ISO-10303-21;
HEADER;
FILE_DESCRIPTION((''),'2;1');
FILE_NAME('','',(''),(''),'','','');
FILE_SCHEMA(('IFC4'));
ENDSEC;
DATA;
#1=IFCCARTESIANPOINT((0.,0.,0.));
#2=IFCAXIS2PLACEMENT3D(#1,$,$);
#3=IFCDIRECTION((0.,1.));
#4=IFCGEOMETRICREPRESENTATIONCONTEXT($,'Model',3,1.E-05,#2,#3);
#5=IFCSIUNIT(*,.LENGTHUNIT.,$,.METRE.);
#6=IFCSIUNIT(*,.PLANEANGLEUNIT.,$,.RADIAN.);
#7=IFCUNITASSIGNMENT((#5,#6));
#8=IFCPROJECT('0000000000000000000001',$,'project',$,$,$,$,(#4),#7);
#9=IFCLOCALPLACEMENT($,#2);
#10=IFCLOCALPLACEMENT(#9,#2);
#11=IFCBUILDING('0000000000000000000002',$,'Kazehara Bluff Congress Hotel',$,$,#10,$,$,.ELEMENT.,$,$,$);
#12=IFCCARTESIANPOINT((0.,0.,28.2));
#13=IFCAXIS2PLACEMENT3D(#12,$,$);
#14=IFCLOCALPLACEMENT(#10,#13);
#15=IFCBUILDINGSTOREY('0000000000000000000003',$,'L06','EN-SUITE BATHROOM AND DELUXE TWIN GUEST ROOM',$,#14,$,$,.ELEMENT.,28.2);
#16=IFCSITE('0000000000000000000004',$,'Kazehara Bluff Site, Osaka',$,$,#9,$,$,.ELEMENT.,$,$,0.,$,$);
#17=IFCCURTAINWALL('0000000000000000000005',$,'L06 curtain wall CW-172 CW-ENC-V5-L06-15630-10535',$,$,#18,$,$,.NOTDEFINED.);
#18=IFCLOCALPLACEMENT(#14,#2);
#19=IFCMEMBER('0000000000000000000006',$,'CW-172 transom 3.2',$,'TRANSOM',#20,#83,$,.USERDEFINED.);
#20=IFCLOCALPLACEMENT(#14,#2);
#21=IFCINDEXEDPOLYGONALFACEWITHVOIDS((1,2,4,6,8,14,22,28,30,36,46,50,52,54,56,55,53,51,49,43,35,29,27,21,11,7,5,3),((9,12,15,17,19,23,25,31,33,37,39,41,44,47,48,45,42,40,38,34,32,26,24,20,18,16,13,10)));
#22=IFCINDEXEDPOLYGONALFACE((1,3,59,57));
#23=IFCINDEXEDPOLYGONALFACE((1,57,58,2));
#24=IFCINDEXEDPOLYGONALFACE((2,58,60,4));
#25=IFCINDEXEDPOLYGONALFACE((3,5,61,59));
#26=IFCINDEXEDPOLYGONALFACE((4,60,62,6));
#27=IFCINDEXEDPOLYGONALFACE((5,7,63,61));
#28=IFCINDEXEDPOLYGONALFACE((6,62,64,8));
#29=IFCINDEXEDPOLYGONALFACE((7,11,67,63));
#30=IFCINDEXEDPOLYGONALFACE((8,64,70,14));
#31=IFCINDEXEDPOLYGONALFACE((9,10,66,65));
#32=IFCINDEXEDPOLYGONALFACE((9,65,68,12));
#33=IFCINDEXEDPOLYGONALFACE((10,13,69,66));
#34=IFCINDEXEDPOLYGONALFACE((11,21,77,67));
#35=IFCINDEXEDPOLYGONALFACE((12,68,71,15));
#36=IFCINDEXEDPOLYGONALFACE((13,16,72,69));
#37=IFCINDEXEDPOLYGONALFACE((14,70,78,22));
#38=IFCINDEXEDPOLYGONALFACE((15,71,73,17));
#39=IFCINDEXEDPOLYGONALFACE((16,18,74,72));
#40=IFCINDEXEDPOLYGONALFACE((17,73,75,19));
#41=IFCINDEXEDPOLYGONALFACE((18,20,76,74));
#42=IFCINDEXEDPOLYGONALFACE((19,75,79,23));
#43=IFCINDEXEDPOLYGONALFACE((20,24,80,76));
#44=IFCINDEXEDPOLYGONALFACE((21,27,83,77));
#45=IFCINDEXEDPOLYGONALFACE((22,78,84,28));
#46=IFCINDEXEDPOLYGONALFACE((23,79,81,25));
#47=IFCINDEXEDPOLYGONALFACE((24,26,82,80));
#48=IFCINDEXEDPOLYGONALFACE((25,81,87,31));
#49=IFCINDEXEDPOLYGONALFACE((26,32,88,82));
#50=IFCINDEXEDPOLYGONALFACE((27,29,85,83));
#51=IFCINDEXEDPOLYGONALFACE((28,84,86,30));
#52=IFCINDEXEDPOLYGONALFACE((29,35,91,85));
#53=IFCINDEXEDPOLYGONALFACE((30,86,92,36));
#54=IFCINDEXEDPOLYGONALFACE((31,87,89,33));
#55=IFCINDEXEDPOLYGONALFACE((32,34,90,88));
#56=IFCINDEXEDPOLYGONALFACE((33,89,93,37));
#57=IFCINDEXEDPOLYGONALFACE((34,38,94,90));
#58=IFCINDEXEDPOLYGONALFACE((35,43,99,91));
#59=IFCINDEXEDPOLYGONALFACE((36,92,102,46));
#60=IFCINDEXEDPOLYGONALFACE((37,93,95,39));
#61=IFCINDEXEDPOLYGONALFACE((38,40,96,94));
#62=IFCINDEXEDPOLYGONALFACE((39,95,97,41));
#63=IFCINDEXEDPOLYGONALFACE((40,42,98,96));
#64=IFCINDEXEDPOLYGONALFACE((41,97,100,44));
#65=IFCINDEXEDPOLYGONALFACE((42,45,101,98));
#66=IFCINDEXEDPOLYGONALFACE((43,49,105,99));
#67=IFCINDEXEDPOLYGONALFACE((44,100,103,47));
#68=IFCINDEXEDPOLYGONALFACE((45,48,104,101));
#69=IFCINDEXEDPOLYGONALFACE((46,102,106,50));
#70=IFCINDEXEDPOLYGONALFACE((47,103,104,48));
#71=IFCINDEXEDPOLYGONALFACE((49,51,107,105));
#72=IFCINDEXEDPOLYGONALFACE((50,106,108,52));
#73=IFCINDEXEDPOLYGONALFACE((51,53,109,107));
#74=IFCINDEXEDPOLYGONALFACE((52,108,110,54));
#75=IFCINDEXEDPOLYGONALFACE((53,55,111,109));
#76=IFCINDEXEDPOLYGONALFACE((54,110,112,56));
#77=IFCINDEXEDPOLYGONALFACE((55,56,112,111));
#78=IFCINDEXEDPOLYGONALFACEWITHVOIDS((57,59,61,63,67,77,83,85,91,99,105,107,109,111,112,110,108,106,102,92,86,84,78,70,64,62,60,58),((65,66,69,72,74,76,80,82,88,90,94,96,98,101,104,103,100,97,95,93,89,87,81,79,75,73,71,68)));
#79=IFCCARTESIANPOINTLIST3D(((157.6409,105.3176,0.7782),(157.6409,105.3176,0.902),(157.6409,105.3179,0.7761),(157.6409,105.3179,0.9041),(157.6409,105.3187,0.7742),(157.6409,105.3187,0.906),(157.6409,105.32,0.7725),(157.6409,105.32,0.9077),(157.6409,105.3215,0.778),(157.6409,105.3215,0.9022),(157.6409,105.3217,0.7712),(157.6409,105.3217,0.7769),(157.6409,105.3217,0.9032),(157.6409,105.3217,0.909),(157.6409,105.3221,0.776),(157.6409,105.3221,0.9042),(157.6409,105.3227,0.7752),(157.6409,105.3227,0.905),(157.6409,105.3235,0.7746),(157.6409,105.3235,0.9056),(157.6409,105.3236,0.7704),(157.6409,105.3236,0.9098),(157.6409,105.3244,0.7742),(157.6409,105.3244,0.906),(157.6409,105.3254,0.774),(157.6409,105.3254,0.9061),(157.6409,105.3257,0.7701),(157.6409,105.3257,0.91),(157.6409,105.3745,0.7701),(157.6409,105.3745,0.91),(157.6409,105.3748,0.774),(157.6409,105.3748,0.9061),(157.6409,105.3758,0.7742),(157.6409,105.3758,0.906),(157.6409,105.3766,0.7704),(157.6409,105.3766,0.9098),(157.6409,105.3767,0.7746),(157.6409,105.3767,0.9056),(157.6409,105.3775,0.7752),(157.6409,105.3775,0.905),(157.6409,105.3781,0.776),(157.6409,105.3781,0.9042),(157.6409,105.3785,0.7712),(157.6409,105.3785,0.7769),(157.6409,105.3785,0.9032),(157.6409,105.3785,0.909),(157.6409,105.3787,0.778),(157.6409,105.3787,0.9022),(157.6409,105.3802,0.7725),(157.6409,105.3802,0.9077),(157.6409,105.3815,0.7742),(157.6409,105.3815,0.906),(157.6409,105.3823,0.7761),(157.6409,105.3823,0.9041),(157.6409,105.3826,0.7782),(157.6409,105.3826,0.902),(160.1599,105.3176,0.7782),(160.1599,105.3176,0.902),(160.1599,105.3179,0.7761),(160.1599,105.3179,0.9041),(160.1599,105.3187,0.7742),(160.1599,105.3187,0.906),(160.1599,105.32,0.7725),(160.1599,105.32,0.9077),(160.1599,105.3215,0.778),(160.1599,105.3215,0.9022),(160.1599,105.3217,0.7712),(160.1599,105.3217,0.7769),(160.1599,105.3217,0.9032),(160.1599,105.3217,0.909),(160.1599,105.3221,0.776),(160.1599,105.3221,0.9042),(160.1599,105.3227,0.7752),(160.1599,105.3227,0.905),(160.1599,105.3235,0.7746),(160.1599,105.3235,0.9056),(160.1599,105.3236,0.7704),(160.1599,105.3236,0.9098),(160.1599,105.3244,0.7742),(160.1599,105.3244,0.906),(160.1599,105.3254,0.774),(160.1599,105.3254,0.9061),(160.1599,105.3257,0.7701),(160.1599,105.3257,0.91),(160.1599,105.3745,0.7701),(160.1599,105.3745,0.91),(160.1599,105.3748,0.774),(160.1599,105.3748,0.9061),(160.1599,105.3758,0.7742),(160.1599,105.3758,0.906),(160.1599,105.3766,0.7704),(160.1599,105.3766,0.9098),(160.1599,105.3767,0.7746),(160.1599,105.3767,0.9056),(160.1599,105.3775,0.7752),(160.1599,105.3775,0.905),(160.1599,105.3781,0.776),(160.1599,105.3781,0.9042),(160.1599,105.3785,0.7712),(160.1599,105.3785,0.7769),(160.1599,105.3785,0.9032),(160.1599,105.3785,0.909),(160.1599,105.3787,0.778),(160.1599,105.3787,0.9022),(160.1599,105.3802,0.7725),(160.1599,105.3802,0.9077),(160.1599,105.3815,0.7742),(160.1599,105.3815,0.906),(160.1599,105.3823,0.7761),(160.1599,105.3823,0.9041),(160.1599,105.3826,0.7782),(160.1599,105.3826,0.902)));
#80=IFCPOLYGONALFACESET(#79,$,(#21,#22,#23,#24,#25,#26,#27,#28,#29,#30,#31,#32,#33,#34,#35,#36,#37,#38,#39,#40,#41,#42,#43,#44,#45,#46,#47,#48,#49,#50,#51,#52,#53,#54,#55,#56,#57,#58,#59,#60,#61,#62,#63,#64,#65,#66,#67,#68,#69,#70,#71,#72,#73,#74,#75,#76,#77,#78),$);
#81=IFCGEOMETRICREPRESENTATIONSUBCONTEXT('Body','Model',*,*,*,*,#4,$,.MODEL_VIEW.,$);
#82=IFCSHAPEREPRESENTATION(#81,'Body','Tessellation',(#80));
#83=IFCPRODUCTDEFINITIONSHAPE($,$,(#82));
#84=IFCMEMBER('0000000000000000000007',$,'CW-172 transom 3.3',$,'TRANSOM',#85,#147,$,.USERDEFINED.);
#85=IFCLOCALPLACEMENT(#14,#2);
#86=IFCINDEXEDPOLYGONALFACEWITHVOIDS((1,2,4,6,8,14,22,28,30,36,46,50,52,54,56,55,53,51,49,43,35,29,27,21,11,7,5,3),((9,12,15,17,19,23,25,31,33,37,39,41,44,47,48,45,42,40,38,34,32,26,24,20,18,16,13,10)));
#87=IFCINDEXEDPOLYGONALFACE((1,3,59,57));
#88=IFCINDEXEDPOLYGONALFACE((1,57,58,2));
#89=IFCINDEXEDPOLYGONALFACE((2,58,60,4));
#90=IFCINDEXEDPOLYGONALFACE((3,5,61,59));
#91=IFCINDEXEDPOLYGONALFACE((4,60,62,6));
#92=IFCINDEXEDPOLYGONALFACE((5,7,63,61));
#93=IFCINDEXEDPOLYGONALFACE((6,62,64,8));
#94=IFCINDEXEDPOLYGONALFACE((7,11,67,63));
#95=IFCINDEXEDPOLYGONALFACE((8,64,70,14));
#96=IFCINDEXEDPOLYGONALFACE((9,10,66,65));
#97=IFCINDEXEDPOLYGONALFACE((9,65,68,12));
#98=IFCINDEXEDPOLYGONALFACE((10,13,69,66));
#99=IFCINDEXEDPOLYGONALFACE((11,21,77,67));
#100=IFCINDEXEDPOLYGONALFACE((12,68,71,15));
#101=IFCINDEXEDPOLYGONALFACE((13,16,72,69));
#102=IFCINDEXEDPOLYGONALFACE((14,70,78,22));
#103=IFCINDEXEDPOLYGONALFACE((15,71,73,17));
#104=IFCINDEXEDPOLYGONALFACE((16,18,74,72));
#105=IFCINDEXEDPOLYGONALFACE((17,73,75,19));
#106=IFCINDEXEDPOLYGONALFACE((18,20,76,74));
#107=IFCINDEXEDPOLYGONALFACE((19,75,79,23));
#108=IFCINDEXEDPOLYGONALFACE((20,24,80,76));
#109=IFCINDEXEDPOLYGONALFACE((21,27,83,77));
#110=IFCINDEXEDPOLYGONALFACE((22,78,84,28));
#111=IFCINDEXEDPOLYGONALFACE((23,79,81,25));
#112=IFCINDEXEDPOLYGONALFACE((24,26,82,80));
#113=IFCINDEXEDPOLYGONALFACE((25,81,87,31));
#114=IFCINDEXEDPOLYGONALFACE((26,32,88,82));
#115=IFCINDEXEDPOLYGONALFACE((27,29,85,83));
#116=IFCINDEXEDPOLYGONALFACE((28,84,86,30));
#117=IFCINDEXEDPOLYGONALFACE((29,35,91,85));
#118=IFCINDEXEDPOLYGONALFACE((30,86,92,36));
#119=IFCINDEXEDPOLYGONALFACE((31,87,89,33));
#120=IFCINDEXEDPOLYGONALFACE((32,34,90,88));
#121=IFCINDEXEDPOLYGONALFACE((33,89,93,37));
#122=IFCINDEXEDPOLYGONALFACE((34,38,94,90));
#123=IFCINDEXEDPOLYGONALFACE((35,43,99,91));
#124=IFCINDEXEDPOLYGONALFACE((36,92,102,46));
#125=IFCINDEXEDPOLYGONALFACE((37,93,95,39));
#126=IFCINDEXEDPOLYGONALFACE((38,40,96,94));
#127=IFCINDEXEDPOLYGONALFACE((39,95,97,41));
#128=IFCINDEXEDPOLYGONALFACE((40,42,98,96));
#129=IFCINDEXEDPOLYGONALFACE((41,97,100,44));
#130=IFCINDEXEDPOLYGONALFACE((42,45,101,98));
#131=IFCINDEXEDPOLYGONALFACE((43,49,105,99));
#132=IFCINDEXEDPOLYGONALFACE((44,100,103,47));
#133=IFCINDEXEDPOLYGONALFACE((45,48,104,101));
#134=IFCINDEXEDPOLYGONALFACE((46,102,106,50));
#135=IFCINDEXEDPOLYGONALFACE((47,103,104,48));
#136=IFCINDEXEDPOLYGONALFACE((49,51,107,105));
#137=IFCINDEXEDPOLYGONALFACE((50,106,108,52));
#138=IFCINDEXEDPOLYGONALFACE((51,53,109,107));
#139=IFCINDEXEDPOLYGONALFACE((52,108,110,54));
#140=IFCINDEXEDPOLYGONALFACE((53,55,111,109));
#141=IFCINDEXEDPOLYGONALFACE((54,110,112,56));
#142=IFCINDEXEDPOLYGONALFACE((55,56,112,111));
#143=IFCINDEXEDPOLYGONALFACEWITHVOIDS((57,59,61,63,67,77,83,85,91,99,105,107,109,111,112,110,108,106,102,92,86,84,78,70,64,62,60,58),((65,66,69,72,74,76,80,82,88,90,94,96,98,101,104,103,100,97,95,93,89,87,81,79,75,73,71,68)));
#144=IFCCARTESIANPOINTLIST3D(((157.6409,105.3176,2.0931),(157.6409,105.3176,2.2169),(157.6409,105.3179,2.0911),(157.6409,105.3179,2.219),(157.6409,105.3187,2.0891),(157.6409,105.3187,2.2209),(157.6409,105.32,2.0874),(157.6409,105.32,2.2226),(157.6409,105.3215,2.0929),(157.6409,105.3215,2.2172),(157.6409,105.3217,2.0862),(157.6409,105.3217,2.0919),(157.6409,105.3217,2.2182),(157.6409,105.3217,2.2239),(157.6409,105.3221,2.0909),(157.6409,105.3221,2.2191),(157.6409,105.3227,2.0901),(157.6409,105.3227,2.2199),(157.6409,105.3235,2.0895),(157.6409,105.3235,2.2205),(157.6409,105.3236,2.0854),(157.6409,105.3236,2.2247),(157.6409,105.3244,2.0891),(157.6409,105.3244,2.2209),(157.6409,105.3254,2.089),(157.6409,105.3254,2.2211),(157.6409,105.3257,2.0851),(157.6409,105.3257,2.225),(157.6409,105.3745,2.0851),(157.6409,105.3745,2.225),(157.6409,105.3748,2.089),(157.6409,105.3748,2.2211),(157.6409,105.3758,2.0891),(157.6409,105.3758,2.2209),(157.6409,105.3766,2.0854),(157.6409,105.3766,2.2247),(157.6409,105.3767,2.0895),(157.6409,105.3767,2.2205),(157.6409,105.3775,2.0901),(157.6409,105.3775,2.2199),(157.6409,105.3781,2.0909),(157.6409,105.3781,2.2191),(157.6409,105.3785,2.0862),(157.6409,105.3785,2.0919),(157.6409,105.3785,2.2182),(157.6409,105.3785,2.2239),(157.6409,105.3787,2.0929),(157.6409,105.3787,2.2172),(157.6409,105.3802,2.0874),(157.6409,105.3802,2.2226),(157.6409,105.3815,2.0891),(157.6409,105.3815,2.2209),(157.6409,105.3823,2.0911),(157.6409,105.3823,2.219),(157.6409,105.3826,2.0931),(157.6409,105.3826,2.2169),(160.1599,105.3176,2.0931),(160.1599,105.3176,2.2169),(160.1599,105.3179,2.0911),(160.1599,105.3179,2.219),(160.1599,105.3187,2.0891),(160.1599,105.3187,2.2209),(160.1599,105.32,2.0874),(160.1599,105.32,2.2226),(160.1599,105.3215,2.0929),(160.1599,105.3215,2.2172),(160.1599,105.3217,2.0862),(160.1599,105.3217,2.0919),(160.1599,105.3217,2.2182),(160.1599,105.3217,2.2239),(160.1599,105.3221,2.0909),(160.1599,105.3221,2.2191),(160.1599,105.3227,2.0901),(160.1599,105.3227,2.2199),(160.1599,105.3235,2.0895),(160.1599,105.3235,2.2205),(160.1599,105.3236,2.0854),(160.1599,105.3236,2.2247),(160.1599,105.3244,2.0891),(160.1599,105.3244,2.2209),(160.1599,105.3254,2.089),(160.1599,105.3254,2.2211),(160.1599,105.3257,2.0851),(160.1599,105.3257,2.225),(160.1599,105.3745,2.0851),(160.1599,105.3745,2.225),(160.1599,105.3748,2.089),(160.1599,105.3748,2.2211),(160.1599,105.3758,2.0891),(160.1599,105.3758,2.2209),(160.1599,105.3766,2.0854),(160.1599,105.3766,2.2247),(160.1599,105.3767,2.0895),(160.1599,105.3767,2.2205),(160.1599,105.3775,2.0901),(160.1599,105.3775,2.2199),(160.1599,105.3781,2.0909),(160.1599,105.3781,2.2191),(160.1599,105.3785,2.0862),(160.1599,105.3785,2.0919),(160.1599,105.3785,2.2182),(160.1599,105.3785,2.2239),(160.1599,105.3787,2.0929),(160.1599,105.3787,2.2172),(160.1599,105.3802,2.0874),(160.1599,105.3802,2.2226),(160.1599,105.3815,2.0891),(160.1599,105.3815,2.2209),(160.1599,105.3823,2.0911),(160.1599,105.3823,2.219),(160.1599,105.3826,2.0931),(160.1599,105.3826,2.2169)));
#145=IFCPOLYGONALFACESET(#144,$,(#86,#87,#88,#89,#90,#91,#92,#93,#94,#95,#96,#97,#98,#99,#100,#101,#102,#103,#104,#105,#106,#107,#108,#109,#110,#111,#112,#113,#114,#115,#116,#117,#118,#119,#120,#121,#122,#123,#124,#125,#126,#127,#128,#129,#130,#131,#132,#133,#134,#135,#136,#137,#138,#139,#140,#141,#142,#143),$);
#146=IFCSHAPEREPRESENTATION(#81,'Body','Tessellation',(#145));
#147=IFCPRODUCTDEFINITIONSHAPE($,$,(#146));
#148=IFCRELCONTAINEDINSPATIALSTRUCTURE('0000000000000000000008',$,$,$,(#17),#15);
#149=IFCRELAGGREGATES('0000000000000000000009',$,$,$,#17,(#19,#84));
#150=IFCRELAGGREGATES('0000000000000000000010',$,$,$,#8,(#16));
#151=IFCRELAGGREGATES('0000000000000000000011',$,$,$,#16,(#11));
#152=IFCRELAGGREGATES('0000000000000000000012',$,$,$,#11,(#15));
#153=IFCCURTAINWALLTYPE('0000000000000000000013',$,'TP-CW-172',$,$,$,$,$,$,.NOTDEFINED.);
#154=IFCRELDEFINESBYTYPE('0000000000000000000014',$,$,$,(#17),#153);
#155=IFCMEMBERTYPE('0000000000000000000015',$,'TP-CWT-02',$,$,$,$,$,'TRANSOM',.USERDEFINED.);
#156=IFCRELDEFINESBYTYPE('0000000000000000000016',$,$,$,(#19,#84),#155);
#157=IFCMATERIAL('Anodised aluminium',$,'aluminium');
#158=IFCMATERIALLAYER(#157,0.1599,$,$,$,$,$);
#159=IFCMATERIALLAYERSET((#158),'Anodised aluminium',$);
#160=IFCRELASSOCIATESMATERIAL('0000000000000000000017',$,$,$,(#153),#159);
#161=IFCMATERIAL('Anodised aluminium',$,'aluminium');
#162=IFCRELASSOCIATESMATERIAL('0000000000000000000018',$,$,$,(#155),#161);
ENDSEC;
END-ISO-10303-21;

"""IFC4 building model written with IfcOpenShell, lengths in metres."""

from ifc_helpers import new_model, si_unit, direction, frame, origin, origin_2d, place, context, subcontext, project, spatial, hollow_rectangle, extrude, material, layer, layer_set, material_profile, profile_set, type_object, element, aggregate, save


model = new_model("IFC4")

# Units and contexts
model_context = context("Model", 3, precision=1e-05, world=origin(), true_north=direction((0.0, 1.0)))
body_context = subcontext(model_context, "Body", "Model", "MODEL_VIEW")
ifc_project = project(units=[si_unit("LENGTHUNIT", "METRE"), si_unit("PLANEANGLEUNIT", "RADIAN")], contexts=[model_context])

# Site, building, storey
site_placement = place(None, origin())
site = spatial("IfcSite", under=ifc_project, at=site_placement, Name="Kazehara Bluff Site, Osaka", CompositionType="ELEMENT", RefElevation=0.0)
building_placement = place(site_placement, origin())
building = spatial("IfcBuilding", under=site, at=building_placement, Name="Kazehara Bluff Congress Hotel", CompositionType="ELEMENT")
storey_placement = place(building_placement, frame((0.0, 0.0, 28.2)))
storey = spatial("IfcBuildingStorey", under=building, at=storey_placement, Name="L06", Description="EN-SUITE BATHROOM AND DELUXE TWIN GUEST ROOM", CompositionType="ELEMENT", Elevation=28.2)

# Curtain wall, members
ifc_material_1 = material(Name="Anodised aluminium", Category="aluminium")
ifc_layer_1 = layer(ifc_material_1, 0.1599)
ifc_layer_set_1 = layer_set([ifc_layer_1], Name="Anodised aluminium")
curtain_wall_type = type_object("IfcCurtainWallType", Name="TP-CW-172", PredefinedType="NOTDEFINED", material=ifc_layer_set_1)
curtain_wall_placement = place(storey_placement, origin())
curtain_wall = element("IfcCurtainWall", 1, at=curtain_wall_placement, inside=storey, type_object=curtain_wall_type, Name="L06 curtain wall CW-172 CW-ENC-V5-L06-15630-10535", PredefinedType="NOTDEFINED")
ifc_material_2 = material(Name="Anodised aluminium", Category="aluminium")
ifc_material_profile_1 = material_profile(ifc_material_2, hollow_rectangle(XDim=0.0649, YDim=0.1399, WallThickness=0.0039, InnerFilletRadius=0.0039, OuterFilletRadius=0.0081, at=origin_2d()))
ifc_profile_set_1 = profile_set([ifc_material_profile_1], Name="Anodised aluminium")
member_type_1 = type_object("IfcMemberType", Name="TP-CWT-02", ElementType="TRANSOM", PredefinedType="USERDEFINED", material=ifc_profile_set_1)
member_1_placement = place(storey_placement, frame((157.6409, 105.3501, 0.8401), z_axis=(1.0, 0.0, 0.0), x_axis=(0.0, 1.0, 0.0)))
member_1 = element("IfcMember", 2, at=member_1_placement, type_object=member_type_1, Name="CW-172 transom 3.2", ObjectType="TRANSOM", PredefinedType="USERDEFINED", context=body_context, shape_type="SweptSolid", body=[
    extrude(hollow_rectangle(XDim=0.0649, YDim=0.1399, WallThickness=0.0039, InnerFilletRadius=0.0039, OuterFilletRadius=0.0081, at=origin_2d()), origin(), (0.0, 0.0, 1.0), 2.519),
])
member_2_placement = place(storey_placement, frame((157.6409, 105.3501, 2.155), z_axis=(1.0, 0.0, 0.0), x_axis=(0.0, 1.0, 0.0)))
member_2 = element("IfcMember", 3, at=member_2_placement, type_object=member_type_1, Name="CW-172 transom 3.3", ObjectType="TRANSOM", PredefinedType="USERDEFINED", context=body_context, shape_type="SweptSolid", body=[
    extrude(hollow_rectangle(XDim=0.0649, YDim=0.1399, WallThickness=0.0039, InnerFilletRadius=0.0039, OuterFilletRadius=0.0081, at=origin_2d()), origin(), (0.0, 0.0, 1.0), 2.519),
])
aggregate(curtain_wall, [member_1, member_2])

save(model, "model.ifc")
